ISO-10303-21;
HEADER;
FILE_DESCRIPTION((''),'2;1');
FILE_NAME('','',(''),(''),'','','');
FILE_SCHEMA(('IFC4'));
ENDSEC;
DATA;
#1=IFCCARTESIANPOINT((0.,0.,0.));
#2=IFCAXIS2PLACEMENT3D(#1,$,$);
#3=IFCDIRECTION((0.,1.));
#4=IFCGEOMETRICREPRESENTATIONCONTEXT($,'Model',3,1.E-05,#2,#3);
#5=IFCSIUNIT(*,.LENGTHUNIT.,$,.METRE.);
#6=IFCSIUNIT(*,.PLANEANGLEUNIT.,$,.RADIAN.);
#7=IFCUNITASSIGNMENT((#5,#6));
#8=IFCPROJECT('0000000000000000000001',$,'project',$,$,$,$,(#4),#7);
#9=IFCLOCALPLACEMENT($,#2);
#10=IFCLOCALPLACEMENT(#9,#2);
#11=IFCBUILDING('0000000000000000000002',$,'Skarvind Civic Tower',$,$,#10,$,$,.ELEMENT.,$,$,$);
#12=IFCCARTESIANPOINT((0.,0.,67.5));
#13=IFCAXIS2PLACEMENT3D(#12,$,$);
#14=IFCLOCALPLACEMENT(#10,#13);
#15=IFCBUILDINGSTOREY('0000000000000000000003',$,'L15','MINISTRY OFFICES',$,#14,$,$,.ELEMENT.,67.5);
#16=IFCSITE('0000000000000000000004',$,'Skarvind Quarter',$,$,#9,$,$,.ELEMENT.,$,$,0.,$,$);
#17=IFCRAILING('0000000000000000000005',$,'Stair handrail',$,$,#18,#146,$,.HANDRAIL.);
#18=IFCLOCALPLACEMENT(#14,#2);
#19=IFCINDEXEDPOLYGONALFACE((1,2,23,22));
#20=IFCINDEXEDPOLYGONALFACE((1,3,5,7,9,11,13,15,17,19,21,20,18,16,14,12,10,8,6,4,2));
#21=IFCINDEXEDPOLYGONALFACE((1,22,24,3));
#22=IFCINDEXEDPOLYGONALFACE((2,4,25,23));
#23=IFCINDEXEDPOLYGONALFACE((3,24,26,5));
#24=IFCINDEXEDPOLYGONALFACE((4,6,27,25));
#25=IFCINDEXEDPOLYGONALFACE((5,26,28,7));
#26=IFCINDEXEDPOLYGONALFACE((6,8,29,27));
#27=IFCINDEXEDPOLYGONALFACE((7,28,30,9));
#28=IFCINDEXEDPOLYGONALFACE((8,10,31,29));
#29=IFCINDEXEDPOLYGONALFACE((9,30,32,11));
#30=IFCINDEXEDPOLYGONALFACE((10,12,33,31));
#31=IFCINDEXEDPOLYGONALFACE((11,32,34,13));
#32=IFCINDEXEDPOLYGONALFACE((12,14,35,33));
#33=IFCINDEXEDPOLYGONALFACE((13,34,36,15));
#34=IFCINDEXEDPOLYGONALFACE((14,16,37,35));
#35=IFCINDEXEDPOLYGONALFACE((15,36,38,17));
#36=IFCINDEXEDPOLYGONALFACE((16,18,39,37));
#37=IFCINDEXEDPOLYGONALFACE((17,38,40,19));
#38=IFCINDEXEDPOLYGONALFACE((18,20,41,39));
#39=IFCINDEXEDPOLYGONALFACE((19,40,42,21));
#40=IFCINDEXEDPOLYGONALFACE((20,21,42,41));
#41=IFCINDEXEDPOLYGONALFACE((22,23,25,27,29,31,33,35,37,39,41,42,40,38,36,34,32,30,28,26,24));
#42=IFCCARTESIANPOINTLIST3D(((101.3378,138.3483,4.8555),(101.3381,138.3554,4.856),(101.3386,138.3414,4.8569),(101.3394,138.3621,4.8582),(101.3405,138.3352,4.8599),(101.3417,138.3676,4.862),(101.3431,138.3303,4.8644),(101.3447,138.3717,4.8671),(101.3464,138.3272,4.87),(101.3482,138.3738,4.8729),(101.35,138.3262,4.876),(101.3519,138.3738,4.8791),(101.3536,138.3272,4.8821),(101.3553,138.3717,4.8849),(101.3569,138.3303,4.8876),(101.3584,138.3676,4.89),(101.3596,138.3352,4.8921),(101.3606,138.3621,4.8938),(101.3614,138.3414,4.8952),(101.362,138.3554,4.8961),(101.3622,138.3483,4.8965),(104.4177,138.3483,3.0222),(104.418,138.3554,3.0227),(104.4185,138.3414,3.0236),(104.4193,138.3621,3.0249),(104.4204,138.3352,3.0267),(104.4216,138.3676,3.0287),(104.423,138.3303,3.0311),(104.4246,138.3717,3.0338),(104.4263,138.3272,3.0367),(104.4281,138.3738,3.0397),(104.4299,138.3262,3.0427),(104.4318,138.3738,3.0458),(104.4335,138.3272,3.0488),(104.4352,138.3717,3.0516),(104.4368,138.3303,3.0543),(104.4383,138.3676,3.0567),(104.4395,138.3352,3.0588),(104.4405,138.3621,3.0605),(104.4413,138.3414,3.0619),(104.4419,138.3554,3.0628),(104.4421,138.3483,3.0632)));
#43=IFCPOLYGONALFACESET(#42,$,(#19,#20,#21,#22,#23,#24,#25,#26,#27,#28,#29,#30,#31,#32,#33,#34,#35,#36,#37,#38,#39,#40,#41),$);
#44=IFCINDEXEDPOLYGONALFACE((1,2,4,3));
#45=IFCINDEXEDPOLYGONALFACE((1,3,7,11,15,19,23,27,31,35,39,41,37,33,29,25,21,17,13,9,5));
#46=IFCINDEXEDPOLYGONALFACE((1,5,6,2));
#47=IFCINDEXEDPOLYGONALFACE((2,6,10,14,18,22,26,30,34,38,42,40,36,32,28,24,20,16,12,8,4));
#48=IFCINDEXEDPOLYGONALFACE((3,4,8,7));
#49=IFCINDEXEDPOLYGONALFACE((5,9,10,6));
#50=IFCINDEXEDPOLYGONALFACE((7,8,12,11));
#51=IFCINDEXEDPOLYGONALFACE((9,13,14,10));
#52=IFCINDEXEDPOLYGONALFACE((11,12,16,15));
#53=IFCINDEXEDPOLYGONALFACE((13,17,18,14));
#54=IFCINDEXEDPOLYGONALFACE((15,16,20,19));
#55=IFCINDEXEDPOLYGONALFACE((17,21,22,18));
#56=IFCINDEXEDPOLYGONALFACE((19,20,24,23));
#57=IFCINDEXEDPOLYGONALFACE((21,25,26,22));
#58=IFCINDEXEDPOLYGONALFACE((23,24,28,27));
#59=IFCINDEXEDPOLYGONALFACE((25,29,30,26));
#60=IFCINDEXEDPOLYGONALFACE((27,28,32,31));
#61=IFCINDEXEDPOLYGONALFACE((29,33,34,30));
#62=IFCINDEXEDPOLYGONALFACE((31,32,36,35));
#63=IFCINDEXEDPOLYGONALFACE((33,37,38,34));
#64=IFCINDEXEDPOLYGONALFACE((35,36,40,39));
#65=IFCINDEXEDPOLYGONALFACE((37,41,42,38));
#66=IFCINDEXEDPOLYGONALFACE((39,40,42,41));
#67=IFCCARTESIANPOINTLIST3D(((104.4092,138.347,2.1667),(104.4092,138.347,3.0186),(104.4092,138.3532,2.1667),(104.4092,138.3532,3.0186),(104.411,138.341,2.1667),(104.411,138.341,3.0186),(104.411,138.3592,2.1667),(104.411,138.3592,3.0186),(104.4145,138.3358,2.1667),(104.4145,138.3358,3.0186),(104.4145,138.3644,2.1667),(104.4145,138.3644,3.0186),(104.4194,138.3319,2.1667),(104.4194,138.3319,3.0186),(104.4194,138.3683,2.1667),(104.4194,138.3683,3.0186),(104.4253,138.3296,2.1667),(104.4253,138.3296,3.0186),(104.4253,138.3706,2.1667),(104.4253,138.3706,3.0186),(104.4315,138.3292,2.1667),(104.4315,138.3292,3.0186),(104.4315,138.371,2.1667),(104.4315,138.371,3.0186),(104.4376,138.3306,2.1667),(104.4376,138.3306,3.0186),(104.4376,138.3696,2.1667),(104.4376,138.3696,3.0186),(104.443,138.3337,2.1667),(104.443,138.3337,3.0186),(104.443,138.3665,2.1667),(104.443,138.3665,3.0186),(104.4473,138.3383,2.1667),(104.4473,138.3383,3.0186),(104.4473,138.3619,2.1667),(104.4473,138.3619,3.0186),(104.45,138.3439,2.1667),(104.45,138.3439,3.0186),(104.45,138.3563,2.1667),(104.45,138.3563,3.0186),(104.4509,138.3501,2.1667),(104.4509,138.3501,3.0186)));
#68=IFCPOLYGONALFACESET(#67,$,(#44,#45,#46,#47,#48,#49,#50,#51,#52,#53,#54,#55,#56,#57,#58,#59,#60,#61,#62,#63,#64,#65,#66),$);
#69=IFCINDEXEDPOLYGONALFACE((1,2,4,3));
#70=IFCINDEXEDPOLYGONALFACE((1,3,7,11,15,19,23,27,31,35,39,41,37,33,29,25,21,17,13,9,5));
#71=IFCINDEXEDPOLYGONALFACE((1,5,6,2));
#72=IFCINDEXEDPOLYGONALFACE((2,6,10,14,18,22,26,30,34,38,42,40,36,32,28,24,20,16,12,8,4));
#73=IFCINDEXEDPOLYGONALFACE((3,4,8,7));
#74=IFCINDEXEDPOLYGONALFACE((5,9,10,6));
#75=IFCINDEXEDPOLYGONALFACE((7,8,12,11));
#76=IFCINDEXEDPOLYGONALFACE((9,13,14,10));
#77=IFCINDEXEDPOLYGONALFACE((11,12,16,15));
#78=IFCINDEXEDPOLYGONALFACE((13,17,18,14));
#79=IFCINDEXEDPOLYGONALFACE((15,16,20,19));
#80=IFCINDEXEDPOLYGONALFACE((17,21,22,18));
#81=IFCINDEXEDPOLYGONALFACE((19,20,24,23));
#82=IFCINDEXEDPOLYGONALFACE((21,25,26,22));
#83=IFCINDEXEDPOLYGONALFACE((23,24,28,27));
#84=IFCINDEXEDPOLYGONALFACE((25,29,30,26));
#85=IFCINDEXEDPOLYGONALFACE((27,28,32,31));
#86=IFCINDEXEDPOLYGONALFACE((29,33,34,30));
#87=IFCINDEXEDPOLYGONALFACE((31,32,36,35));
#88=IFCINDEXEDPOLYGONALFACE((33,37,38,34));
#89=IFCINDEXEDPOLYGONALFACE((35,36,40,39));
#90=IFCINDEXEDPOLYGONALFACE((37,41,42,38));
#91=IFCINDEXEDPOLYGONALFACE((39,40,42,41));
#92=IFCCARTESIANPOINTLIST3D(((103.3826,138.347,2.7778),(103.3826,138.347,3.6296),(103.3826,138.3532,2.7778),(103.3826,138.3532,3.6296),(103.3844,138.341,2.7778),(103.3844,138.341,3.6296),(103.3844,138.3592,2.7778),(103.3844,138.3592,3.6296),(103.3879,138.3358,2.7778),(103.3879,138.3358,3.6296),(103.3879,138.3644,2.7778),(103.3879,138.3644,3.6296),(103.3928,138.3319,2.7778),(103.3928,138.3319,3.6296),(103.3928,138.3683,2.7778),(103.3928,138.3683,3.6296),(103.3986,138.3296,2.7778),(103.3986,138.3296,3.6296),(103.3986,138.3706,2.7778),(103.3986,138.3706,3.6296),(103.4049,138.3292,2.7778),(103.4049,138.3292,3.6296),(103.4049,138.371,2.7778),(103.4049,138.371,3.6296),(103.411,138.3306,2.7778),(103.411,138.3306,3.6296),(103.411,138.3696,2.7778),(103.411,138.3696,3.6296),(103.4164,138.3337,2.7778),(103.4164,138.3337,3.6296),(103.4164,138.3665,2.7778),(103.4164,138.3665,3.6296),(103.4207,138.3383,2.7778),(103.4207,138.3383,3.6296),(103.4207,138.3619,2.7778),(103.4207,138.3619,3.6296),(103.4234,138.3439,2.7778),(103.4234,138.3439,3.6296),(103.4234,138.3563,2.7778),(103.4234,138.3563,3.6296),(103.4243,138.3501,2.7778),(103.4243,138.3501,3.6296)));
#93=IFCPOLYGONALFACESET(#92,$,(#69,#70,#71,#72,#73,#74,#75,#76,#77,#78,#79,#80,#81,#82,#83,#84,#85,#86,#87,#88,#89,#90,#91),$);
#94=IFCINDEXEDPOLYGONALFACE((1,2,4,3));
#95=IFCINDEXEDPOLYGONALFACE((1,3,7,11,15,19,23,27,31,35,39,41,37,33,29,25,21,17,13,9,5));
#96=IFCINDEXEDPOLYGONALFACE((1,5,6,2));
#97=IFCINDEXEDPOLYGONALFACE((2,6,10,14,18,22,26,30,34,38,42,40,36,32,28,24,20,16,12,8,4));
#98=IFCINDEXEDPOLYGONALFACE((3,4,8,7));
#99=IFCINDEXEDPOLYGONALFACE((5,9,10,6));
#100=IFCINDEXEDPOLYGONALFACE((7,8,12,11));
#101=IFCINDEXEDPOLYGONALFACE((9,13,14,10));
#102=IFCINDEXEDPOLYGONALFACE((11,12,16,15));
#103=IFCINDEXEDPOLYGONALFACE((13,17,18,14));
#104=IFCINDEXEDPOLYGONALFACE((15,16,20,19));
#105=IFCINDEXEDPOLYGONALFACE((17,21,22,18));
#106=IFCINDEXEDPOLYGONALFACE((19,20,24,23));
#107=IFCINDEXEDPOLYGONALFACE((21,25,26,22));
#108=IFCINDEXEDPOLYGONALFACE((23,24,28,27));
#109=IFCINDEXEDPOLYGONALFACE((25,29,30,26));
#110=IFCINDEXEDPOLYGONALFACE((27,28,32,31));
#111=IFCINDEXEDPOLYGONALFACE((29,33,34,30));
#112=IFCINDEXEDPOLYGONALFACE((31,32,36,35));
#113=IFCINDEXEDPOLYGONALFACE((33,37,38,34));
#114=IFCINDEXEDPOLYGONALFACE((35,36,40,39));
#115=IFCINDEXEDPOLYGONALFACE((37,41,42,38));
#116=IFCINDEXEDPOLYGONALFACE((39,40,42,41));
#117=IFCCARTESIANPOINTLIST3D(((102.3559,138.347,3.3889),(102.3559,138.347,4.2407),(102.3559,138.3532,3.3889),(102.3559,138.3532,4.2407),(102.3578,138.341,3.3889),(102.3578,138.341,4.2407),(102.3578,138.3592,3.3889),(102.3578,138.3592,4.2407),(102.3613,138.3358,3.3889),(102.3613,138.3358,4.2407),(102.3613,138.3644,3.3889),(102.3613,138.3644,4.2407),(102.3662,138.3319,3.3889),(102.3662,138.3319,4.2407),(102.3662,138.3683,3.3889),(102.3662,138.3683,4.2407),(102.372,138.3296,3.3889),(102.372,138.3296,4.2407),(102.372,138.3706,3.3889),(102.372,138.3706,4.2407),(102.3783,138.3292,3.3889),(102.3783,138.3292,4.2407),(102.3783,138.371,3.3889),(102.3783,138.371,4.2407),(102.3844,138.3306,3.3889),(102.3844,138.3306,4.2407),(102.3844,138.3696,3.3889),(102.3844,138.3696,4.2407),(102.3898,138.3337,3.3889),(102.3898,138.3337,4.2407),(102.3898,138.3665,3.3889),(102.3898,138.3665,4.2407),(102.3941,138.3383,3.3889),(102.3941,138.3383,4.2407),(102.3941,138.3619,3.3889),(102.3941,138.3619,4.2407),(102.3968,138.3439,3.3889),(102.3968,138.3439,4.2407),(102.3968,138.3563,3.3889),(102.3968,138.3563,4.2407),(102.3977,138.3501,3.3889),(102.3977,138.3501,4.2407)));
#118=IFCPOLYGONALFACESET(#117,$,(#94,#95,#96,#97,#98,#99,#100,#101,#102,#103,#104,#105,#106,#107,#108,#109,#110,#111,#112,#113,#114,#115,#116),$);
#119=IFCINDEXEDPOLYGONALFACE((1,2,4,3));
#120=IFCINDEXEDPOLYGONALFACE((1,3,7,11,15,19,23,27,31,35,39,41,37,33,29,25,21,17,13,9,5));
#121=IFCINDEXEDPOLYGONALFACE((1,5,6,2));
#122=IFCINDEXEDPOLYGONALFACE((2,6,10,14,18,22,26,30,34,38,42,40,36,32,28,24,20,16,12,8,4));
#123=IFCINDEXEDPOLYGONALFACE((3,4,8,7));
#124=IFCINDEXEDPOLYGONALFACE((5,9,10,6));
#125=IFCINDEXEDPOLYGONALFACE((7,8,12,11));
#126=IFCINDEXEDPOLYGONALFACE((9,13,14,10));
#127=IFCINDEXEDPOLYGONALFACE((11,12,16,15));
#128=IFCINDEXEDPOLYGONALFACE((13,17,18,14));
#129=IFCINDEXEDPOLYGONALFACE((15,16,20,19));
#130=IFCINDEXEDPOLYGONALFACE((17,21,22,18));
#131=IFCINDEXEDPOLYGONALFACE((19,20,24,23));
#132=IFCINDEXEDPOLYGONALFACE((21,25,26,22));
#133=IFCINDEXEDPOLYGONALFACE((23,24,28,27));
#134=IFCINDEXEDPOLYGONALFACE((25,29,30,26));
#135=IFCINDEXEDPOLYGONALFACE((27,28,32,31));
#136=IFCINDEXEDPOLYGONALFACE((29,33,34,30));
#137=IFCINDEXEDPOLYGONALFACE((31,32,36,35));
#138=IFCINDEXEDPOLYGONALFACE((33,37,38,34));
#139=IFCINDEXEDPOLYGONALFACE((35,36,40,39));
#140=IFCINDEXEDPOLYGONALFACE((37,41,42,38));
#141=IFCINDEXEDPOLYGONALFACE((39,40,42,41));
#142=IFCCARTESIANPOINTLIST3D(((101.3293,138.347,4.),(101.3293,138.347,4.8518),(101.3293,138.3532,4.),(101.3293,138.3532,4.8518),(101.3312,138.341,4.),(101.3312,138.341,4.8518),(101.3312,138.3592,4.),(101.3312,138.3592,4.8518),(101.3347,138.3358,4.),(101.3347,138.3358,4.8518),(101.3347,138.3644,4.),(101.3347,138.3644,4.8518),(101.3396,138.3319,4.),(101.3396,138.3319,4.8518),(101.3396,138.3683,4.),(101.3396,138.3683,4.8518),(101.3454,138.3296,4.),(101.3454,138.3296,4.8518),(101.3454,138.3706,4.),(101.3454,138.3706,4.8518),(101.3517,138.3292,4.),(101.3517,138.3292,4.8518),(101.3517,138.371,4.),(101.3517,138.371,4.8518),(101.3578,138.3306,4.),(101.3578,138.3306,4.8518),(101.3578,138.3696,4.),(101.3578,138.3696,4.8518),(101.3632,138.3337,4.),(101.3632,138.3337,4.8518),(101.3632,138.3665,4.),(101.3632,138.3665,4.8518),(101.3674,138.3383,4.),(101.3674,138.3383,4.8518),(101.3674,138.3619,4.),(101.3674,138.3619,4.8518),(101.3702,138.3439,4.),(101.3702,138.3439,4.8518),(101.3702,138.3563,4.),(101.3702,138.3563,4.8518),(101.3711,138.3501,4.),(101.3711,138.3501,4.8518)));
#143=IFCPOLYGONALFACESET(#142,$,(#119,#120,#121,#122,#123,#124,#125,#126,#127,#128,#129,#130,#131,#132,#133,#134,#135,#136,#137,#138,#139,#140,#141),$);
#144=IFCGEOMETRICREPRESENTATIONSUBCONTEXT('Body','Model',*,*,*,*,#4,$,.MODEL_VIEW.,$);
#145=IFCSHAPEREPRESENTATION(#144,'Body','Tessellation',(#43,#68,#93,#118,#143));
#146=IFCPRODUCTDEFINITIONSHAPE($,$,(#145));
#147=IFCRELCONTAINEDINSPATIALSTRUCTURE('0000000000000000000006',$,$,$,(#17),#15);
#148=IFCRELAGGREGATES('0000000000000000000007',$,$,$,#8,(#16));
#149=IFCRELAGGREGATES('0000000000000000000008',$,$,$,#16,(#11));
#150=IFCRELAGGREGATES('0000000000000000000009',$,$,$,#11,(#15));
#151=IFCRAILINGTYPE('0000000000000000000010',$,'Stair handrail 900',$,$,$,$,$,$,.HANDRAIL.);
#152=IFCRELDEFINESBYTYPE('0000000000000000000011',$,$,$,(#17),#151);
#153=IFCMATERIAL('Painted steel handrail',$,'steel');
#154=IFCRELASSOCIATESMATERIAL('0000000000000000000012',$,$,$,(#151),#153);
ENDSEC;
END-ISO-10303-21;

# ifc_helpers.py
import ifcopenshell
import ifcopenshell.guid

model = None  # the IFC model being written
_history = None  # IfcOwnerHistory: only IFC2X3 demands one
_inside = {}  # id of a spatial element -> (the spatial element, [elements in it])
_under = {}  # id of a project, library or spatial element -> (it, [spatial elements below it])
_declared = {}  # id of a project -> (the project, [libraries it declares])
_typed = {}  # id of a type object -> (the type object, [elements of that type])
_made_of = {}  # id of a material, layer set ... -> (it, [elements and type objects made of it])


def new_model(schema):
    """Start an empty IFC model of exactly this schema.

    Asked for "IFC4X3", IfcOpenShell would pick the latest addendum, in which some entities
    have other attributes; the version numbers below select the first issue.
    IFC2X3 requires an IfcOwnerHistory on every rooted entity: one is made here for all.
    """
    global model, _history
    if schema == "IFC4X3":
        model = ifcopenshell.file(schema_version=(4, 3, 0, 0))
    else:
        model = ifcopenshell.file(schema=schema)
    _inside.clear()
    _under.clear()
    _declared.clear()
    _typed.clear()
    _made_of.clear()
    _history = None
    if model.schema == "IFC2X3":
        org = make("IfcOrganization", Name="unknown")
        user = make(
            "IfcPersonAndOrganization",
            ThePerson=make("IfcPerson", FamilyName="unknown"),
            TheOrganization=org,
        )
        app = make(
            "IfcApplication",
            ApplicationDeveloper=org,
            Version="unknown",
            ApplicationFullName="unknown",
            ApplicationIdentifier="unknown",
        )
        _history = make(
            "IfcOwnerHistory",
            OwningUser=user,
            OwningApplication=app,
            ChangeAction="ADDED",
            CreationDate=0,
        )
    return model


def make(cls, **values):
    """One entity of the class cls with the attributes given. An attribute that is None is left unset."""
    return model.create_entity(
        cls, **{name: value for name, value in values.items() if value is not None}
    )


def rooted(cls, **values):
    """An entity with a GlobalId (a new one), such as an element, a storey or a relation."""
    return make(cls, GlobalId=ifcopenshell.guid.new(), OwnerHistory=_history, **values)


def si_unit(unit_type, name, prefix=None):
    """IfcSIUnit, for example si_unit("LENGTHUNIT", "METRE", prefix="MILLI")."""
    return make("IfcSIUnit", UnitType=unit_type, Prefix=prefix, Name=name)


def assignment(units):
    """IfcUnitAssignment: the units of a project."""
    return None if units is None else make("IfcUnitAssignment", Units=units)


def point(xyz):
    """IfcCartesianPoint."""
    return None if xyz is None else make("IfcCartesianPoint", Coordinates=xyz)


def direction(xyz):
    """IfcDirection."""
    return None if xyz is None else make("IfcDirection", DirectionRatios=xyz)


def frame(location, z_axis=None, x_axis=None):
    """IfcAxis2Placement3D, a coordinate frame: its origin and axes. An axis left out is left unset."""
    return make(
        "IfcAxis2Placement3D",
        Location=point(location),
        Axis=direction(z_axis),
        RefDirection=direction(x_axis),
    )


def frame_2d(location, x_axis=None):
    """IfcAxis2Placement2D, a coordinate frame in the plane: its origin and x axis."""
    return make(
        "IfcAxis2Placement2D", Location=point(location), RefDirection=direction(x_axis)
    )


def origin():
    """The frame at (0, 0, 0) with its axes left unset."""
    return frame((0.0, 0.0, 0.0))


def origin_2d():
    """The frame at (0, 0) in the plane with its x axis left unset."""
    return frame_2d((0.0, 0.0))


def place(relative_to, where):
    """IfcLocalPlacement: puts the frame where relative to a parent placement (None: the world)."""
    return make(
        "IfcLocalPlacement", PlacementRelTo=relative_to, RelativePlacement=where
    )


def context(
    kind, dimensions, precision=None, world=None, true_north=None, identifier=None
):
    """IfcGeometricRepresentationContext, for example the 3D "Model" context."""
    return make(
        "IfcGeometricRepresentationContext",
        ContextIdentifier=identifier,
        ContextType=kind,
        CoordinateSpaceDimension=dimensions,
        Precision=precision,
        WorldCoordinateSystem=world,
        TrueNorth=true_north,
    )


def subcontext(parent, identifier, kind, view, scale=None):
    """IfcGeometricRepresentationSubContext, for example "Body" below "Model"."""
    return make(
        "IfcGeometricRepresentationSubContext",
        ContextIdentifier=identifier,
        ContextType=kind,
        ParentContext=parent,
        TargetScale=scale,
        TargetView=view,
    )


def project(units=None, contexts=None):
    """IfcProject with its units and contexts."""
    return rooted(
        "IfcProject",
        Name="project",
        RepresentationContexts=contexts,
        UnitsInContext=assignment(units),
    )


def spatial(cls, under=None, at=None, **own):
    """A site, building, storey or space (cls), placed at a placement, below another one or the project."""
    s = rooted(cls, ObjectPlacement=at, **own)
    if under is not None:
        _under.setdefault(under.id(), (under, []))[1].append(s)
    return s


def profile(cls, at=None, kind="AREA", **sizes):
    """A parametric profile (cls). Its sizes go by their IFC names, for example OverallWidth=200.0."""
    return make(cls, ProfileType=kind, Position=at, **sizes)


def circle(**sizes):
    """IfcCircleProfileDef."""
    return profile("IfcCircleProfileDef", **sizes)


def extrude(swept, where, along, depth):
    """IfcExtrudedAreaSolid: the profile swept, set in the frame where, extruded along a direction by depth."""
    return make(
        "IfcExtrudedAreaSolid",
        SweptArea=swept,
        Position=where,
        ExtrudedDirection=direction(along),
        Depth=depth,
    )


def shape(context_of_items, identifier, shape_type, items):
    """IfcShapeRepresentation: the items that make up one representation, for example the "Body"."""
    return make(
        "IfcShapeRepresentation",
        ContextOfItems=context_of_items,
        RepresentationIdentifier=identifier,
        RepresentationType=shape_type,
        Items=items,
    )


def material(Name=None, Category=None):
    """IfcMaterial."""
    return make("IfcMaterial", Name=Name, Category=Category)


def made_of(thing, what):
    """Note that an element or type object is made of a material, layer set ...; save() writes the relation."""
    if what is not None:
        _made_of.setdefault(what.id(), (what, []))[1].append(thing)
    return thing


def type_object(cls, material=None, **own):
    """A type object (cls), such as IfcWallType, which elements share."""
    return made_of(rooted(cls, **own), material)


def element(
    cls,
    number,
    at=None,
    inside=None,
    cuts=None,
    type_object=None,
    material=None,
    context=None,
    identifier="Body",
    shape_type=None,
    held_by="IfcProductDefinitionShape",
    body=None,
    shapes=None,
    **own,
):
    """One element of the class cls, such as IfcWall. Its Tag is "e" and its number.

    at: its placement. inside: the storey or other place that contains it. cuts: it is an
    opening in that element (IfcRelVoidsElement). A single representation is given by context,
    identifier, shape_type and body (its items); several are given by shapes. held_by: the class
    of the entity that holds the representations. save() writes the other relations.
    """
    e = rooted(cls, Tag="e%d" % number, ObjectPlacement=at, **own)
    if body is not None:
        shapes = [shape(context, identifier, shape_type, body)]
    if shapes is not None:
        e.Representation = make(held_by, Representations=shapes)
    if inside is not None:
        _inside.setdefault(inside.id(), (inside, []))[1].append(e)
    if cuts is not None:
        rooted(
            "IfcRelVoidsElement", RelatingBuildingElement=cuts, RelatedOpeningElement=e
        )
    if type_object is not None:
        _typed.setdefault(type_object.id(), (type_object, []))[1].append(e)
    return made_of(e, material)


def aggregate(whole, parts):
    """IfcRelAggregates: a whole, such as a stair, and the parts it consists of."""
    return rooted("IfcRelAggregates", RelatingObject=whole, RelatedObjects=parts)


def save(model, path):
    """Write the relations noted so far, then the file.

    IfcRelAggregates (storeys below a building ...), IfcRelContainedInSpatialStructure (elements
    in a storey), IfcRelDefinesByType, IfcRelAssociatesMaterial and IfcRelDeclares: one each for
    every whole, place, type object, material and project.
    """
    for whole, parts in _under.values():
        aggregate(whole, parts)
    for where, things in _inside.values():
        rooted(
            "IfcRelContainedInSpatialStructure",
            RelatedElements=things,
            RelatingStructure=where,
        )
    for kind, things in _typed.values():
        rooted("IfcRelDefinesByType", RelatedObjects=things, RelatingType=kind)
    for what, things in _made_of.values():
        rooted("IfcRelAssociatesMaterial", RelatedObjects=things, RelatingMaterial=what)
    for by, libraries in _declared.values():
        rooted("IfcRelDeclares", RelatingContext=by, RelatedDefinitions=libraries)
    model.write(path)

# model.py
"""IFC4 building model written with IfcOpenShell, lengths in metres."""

from ifc_helpers import new_model, si_unit, direction, frame, origin, origin_2d, place, context, subcontext, project, spatial, circle, extrude, material, type_object, element, save


model = new_model("IFC4")

# Units and contexts
model_context = context("Model", 3, precision=1e-05, world=origin(), true_north=direction((0.0, 1.0)))
body_context = subcontext(model_context, "Body", "Model", "MODEL_VIEW")
ifc_project = project(units=[si_unit("LENGTHUNIT", "METRE"), si_unit("PLANEANGLEUNIT", "RADIAN")], contexts=[model_context])

# Site, building, storey
site_placement = place(None, origin())
site = spatial("IfcSite", under=ifc_project, at=site_placement, Name="Skarvind Quarter", CompositionType="ELEMENT", RefElevation=0.0)
building_placement = place(site_placement, origin())
building = spatial("IfcBuilding", under=site, at=building_placement, Name="Skarvind Civic Tower", CompositionType="ELEMENT")
storey_placement = place(building_placement, frame((0.0, 0.0, 67.5)))
storey = spatial("IfcBuildingStorey", under=building, at=storey_placement, Name="L15", Description="MINISTRY OFFICES", CompositionType="ELEMENT", Elevation=67.5)

# Railing
ifc_material_1 = material(Name="Painted steel handrail", Category="steel")
railing_type = type_object("IfcRailingType", Name="Stair handrail 900", PredefinedType="HANDRAIL", material=ifc_material_1)
railing_1_placement = place(storey_placement, frame((104.4299, 138.3501, 2.1667)))
element("IfcRailing", 1, at=railing_1_placement, inside=storey, type_object=railing_type, Name="Stair handrail", PredefinedType="HANDRAIL", context=body_context, shape_type="SweptSolid", body=[
    extrude(circle(Radius=0.0239, at=origin_2d()), frame((0.0, 0.0, 0.876), z_axis=(-0.859291, 0.0, 0.511487), x_axis=(0.0, -1.0, 0.0)), (0.0, 0.0, 1.0), 3.5842),
    extrude(circle(Radius=0.021, at=origin_2d()), origin(), (0.0, 0.0, 1.0), 0.8518),
    extrude(circle(Radius=0.021, at=origin_2d()), frame((-1.0266, 0.0, 0.6111)), (0.0, 0.0, 1.0), 0.8518),
    extrude(circle(Radius=0.021, at=origin_2d()), frame((-2.0532, 0.0, 1.2222)), (0.0, 0.0, 1.0), 0.8518),
    extrude(circle(Radius=0.021, at=origin_2d()), frame((-3.0798, 0.0, 1.8333)), (0.0, 0.0, 1.0), 0.8518),
])

save(model, "model.ifc")
